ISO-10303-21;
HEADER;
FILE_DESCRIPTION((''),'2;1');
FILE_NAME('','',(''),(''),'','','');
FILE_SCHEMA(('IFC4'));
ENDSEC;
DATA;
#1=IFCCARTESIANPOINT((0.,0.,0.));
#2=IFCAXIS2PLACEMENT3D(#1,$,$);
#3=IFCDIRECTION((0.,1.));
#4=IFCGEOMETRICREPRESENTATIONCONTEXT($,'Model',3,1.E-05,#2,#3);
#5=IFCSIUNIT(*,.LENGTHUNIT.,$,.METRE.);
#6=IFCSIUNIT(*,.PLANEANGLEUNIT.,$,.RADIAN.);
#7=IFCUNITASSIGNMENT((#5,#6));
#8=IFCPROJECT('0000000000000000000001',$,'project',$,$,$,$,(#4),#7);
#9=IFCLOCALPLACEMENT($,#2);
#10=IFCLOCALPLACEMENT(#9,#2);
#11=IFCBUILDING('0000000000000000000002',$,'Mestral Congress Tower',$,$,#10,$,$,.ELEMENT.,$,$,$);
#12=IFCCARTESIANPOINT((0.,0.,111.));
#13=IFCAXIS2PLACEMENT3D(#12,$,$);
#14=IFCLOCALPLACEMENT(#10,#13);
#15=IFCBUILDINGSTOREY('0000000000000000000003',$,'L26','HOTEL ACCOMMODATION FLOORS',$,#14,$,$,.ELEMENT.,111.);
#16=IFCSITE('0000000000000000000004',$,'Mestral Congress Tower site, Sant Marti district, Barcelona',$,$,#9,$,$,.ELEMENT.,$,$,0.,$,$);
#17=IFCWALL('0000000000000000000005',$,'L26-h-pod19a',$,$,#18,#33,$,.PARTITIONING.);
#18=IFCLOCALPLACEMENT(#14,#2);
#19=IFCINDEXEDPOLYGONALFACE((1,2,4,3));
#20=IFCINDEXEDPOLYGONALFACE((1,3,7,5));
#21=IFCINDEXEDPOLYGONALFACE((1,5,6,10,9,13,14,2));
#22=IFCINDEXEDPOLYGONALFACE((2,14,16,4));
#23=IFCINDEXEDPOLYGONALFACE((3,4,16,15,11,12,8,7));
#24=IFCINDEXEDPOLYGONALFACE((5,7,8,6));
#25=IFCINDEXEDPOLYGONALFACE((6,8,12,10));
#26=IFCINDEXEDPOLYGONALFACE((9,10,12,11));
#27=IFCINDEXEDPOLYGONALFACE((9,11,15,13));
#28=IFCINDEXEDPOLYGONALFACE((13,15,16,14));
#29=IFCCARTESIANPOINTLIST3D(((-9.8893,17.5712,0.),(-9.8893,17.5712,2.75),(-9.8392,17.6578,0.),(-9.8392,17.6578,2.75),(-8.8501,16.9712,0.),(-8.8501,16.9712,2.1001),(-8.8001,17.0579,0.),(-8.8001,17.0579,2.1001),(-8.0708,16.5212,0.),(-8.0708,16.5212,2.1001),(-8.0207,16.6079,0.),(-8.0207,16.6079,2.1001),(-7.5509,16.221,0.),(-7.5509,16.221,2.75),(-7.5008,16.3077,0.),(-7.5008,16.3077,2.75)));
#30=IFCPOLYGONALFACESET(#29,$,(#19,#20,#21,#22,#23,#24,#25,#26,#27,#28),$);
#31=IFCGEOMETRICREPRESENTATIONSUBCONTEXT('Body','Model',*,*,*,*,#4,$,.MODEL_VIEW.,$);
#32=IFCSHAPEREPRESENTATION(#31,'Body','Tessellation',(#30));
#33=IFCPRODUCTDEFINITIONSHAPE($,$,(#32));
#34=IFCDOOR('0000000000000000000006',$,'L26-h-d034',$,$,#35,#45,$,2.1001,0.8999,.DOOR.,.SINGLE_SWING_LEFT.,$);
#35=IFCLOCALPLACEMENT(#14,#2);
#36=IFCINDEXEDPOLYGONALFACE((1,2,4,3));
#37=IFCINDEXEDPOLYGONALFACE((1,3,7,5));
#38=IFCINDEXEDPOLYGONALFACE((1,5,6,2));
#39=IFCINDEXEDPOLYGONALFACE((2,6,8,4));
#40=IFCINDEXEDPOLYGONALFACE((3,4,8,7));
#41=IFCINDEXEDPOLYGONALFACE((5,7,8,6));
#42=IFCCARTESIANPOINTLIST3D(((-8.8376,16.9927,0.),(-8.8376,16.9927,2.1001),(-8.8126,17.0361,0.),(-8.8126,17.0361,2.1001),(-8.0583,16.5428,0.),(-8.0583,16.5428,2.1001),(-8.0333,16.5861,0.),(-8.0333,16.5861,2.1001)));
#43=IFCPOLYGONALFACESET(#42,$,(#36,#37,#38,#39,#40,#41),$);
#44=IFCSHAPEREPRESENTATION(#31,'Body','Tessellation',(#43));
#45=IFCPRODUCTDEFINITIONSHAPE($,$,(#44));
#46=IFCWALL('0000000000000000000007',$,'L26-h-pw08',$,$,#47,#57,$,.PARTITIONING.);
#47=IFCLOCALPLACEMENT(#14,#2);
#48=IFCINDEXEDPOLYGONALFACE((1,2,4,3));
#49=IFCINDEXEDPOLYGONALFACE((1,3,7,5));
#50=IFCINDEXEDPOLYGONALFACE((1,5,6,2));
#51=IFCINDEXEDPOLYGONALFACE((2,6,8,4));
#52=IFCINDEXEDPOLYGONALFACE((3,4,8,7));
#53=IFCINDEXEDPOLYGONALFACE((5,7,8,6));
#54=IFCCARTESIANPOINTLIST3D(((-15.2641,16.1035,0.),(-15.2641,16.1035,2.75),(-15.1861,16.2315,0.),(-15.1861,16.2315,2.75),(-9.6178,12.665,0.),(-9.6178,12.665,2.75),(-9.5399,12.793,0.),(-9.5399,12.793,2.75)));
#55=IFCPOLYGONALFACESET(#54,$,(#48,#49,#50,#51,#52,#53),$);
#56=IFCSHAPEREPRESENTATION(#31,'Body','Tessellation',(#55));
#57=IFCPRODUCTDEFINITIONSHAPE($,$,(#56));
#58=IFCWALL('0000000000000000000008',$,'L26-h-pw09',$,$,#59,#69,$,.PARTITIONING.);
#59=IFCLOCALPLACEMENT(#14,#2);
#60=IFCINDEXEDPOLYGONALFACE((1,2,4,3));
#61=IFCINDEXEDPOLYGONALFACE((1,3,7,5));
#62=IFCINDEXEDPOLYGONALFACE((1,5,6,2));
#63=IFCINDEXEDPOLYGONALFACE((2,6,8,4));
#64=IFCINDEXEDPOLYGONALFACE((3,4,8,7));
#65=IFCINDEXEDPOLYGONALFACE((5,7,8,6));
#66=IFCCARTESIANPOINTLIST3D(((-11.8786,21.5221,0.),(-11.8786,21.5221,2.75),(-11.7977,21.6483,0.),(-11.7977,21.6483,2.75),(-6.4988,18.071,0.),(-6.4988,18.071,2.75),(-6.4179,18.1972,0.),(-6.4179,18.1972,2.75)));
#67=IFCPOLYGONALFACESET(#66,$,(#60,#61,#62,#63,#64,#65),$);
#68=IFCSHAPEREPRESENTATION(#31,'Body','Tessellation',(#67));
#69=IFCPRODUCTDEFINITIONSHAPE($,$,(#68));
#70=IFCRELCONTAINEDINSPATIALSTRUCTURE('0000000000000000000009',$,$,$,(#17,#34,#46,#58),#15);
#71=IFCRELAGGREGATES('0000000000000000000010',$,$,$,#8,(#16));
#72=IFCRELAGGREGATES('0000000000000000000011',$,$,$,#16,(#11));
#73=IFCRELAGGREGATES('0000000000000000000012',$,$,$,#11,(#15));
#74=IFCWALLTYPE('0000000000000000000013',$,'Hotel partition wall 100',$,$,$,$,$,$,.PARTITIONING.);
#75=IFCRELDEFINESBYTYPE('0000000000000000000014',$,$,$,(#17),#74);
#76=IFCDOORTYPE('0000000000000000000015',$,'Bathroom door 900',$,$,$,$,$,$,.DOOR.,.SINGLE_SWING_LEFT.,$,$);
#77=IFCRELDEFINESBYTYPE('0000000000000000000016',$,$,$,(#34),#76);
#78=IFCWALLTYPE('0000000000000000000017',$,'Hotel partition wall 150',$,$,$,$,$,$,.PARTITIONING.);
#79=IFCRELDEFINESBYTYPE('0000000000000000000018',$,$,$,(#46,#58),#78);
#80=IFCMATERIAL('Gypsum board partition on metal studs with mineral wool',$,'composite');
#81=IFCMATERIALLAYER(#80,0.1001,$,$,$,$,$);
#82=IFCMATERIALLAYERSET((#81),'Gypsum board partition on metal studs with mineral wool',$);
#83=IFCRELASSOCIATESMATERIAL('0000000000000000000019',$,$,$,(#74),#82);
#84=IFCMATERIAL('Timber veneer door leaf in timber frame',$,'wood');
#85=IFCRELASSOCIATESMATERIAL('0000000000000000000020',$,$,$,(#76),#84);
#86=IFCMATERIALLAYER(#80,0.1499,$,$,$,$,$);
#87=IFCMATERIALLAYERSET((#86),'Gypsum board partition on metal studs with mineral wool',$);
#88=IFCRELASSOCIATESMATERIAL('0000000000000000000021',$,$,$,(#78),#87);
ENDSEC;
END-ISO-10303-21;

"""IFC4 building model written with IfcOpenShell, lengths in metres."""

from ifc_helpers import new_model, si_unit, direction, frame, frame_2d, origin, place, context, subcontext, project, spatial, rectangle, extrude, material, layer, layer_set, type_object, element, fill, save


model = new_model("IFC4")

# Units and contexts
model_context = context("Model", 3, precision=1e-05, world=origin(), true_north=direction((0.0, 1.0)))
body_context = subcontext(model_context, "Body", "Model", "MODEL_VIEW")
ifc_project = project(units=[si_unit("LENGTHUNIT", "METRE"), si_unit("PLANEANGLEUNIT", "RADIAN")], contexts=[model_context])

# Site, building, storey
site_placement = place(None, origin())
site = spatial("IfcSite", under=ifc_project, at=site_placement, Name="Mestral Congress Tower site, Sant Marti district, Barcelona", CompositionType="ELEMENT", RefElevation=0.0)
building_placement = place(site_placement, origin())
building = spatial("IfcBuilding", under=site, at=building_placement, Name="Mestral Congress Tower", CompositionType="ELEMENT")
storey_placement = place(building_placement, frame((0.0, 0.0, 111.0)))
storey = spatial("IfcBuildingStorey", under=building, at=storey_placement, Name="L26", Description="HOTEL ACCOMMODATION FLOORS", CompositionType="ELEMENT", Elevation=111.0)

# Wall, opening, door
ifc_material_1 = material(Name="Gypsum board partition on metal studs with mineral wool", Category="composite")
ifc_layer_1 = layer(ifc_material_1, 0.1001)
ifc_layer_set_1 = layer_set([ifc_layer_1], Name="Gypsum board partition on metal studs with mineral wool")
wall_type_1 = type_object("IfcWallType", Name="Hotel partition wall 100", PredefinedType="PARTITIONING", material=ifc_layer_set_1)
wall_1_placement = place(storey_placement, frame((-9.8643, 17.6145, 0.0), z_axis=(0.0, 0.0, 1.0), x_axis=(0.86602, -0.500009, 0.0)))
wall_1 = element("IfcWall", 1, at=wall_1_placement, inside=storey, type_object=wall_type_1, Name="L26-h-pod19a", PredefinedType="PARTITIONING", context=body_context, shape_type="SweptSolid", body=[
    extrude(rectangle(XDim=2.7002, YDim=0.1001, at=frame_2d((1.3501, 0.0))), origin(), (0.0, 0.0, 1.0), 2.75),
])
opening_1_placement = place(wall_1_placement, frame((1.2, 0.0, 0.0)))
opening_1 = element("IfcOpeningElement", 2, at=opening_1_placement, cuts=wall_1, PredefinedType="OPENING", context=body_context, shape_type="SweptSolid", body=[
    extrude(rectangle(XDim=0.8999, YDim=2.1001, at=frame_2d((0.45, 1.05))), frame((0.0, 0.0601, 0.0), z_axis=(0.0, -1.0, 0.0), x_axis=(1.0, 0.0, 0.0)), (0.0, 0.0, 1.0), 0.1201),
])
ifc_material_2 = material(Name="Timber veneer door leaf in timber frame", Category="wood")
door_type = type_object("IfcDoorType", Name="Bathroom door 900", OperationType="SINGLE_SWING_LEFT", PredefinedType="DOOR", material=ifc_material_2)
door_placement = place(opening_1_placement, origin())
door = element("IfcDoor", 3, at=door_placement, inside=storey, type_object=door_type, Name="L26-h-d034", OperationType="SINGLE_SWING_LEFT", OverallHeight=2.1001, OverallWidth=0.8999, PredefinedType="DOOR", context=body_context, shape_type="SweptSolid", body=[
    extrude(rectangle(XDim=0.8999, YDim=2.1001, at=frame_2d((0.45, 1.05))), frame((0.0, 0.0249, 0.0), z_axis=(0.0, -1.0, 0.0), x_axis=(1.0, 0.0, 0.0)), (0.0, 0.0, 1.0), 0.05),
])
fill(opening_1, door)

# Walls
ifc_layer_2 = layer(ifc_material_1, 0.1499)
ifc_layer_set_2 = layer_set([ifc_layer_2], Name="Gypsum board partition on metal studs with mineral wool")
wall_type_2 = type_object("IfcWallType", Name="Hotel partition wall 150", PredefinedType="PARTITIONING", material=ifc_layer_set_2)
wall_2_placement = place(storey_placement, frame((-15.2251, 16.1675, 0.0), z_axis=(0.0, 0.0, 1.0), x_axis=(0.854089, -0.520127, 0.0)))
element("IfcWall", 4, at=wall_2_placement, inside=storey, type_object=wall_type_2, Name="L26-h-pw08", PredefinedType="PARTITIONING", context=body_context, shape_type="SweptSolid", body=[
    extrude(rectangle(XDim=6.6108, YDim=0.1499, at=frame_2d((3.3054, 0.0))), origin(), (0.0, 0.0, 1.0), 2.75),
])
wall_3_placement = place(storey_placement, frame((-11.8381, 21.5852, 0.0), z_axis=(0.0, 0.0, 1.0), x_axis=(0.841699, -0.539947, 0.0)))
element("IfcWall", 5, at=wall_3_placement, inside=storey, type_object=wall_type_2, Name="L26-h-pw09", PredefinedType="PARTITIONING", context=body_context, shape_type="SweptSolid", body=[
    extrude(rectangle(XDim=6.3916, YDim=0.1499, at=frame_2d((3.1958, 0.0))), origin(), (0.0, 0.0, 1.0), 2.75),
])

save(model, "model.ifc")
